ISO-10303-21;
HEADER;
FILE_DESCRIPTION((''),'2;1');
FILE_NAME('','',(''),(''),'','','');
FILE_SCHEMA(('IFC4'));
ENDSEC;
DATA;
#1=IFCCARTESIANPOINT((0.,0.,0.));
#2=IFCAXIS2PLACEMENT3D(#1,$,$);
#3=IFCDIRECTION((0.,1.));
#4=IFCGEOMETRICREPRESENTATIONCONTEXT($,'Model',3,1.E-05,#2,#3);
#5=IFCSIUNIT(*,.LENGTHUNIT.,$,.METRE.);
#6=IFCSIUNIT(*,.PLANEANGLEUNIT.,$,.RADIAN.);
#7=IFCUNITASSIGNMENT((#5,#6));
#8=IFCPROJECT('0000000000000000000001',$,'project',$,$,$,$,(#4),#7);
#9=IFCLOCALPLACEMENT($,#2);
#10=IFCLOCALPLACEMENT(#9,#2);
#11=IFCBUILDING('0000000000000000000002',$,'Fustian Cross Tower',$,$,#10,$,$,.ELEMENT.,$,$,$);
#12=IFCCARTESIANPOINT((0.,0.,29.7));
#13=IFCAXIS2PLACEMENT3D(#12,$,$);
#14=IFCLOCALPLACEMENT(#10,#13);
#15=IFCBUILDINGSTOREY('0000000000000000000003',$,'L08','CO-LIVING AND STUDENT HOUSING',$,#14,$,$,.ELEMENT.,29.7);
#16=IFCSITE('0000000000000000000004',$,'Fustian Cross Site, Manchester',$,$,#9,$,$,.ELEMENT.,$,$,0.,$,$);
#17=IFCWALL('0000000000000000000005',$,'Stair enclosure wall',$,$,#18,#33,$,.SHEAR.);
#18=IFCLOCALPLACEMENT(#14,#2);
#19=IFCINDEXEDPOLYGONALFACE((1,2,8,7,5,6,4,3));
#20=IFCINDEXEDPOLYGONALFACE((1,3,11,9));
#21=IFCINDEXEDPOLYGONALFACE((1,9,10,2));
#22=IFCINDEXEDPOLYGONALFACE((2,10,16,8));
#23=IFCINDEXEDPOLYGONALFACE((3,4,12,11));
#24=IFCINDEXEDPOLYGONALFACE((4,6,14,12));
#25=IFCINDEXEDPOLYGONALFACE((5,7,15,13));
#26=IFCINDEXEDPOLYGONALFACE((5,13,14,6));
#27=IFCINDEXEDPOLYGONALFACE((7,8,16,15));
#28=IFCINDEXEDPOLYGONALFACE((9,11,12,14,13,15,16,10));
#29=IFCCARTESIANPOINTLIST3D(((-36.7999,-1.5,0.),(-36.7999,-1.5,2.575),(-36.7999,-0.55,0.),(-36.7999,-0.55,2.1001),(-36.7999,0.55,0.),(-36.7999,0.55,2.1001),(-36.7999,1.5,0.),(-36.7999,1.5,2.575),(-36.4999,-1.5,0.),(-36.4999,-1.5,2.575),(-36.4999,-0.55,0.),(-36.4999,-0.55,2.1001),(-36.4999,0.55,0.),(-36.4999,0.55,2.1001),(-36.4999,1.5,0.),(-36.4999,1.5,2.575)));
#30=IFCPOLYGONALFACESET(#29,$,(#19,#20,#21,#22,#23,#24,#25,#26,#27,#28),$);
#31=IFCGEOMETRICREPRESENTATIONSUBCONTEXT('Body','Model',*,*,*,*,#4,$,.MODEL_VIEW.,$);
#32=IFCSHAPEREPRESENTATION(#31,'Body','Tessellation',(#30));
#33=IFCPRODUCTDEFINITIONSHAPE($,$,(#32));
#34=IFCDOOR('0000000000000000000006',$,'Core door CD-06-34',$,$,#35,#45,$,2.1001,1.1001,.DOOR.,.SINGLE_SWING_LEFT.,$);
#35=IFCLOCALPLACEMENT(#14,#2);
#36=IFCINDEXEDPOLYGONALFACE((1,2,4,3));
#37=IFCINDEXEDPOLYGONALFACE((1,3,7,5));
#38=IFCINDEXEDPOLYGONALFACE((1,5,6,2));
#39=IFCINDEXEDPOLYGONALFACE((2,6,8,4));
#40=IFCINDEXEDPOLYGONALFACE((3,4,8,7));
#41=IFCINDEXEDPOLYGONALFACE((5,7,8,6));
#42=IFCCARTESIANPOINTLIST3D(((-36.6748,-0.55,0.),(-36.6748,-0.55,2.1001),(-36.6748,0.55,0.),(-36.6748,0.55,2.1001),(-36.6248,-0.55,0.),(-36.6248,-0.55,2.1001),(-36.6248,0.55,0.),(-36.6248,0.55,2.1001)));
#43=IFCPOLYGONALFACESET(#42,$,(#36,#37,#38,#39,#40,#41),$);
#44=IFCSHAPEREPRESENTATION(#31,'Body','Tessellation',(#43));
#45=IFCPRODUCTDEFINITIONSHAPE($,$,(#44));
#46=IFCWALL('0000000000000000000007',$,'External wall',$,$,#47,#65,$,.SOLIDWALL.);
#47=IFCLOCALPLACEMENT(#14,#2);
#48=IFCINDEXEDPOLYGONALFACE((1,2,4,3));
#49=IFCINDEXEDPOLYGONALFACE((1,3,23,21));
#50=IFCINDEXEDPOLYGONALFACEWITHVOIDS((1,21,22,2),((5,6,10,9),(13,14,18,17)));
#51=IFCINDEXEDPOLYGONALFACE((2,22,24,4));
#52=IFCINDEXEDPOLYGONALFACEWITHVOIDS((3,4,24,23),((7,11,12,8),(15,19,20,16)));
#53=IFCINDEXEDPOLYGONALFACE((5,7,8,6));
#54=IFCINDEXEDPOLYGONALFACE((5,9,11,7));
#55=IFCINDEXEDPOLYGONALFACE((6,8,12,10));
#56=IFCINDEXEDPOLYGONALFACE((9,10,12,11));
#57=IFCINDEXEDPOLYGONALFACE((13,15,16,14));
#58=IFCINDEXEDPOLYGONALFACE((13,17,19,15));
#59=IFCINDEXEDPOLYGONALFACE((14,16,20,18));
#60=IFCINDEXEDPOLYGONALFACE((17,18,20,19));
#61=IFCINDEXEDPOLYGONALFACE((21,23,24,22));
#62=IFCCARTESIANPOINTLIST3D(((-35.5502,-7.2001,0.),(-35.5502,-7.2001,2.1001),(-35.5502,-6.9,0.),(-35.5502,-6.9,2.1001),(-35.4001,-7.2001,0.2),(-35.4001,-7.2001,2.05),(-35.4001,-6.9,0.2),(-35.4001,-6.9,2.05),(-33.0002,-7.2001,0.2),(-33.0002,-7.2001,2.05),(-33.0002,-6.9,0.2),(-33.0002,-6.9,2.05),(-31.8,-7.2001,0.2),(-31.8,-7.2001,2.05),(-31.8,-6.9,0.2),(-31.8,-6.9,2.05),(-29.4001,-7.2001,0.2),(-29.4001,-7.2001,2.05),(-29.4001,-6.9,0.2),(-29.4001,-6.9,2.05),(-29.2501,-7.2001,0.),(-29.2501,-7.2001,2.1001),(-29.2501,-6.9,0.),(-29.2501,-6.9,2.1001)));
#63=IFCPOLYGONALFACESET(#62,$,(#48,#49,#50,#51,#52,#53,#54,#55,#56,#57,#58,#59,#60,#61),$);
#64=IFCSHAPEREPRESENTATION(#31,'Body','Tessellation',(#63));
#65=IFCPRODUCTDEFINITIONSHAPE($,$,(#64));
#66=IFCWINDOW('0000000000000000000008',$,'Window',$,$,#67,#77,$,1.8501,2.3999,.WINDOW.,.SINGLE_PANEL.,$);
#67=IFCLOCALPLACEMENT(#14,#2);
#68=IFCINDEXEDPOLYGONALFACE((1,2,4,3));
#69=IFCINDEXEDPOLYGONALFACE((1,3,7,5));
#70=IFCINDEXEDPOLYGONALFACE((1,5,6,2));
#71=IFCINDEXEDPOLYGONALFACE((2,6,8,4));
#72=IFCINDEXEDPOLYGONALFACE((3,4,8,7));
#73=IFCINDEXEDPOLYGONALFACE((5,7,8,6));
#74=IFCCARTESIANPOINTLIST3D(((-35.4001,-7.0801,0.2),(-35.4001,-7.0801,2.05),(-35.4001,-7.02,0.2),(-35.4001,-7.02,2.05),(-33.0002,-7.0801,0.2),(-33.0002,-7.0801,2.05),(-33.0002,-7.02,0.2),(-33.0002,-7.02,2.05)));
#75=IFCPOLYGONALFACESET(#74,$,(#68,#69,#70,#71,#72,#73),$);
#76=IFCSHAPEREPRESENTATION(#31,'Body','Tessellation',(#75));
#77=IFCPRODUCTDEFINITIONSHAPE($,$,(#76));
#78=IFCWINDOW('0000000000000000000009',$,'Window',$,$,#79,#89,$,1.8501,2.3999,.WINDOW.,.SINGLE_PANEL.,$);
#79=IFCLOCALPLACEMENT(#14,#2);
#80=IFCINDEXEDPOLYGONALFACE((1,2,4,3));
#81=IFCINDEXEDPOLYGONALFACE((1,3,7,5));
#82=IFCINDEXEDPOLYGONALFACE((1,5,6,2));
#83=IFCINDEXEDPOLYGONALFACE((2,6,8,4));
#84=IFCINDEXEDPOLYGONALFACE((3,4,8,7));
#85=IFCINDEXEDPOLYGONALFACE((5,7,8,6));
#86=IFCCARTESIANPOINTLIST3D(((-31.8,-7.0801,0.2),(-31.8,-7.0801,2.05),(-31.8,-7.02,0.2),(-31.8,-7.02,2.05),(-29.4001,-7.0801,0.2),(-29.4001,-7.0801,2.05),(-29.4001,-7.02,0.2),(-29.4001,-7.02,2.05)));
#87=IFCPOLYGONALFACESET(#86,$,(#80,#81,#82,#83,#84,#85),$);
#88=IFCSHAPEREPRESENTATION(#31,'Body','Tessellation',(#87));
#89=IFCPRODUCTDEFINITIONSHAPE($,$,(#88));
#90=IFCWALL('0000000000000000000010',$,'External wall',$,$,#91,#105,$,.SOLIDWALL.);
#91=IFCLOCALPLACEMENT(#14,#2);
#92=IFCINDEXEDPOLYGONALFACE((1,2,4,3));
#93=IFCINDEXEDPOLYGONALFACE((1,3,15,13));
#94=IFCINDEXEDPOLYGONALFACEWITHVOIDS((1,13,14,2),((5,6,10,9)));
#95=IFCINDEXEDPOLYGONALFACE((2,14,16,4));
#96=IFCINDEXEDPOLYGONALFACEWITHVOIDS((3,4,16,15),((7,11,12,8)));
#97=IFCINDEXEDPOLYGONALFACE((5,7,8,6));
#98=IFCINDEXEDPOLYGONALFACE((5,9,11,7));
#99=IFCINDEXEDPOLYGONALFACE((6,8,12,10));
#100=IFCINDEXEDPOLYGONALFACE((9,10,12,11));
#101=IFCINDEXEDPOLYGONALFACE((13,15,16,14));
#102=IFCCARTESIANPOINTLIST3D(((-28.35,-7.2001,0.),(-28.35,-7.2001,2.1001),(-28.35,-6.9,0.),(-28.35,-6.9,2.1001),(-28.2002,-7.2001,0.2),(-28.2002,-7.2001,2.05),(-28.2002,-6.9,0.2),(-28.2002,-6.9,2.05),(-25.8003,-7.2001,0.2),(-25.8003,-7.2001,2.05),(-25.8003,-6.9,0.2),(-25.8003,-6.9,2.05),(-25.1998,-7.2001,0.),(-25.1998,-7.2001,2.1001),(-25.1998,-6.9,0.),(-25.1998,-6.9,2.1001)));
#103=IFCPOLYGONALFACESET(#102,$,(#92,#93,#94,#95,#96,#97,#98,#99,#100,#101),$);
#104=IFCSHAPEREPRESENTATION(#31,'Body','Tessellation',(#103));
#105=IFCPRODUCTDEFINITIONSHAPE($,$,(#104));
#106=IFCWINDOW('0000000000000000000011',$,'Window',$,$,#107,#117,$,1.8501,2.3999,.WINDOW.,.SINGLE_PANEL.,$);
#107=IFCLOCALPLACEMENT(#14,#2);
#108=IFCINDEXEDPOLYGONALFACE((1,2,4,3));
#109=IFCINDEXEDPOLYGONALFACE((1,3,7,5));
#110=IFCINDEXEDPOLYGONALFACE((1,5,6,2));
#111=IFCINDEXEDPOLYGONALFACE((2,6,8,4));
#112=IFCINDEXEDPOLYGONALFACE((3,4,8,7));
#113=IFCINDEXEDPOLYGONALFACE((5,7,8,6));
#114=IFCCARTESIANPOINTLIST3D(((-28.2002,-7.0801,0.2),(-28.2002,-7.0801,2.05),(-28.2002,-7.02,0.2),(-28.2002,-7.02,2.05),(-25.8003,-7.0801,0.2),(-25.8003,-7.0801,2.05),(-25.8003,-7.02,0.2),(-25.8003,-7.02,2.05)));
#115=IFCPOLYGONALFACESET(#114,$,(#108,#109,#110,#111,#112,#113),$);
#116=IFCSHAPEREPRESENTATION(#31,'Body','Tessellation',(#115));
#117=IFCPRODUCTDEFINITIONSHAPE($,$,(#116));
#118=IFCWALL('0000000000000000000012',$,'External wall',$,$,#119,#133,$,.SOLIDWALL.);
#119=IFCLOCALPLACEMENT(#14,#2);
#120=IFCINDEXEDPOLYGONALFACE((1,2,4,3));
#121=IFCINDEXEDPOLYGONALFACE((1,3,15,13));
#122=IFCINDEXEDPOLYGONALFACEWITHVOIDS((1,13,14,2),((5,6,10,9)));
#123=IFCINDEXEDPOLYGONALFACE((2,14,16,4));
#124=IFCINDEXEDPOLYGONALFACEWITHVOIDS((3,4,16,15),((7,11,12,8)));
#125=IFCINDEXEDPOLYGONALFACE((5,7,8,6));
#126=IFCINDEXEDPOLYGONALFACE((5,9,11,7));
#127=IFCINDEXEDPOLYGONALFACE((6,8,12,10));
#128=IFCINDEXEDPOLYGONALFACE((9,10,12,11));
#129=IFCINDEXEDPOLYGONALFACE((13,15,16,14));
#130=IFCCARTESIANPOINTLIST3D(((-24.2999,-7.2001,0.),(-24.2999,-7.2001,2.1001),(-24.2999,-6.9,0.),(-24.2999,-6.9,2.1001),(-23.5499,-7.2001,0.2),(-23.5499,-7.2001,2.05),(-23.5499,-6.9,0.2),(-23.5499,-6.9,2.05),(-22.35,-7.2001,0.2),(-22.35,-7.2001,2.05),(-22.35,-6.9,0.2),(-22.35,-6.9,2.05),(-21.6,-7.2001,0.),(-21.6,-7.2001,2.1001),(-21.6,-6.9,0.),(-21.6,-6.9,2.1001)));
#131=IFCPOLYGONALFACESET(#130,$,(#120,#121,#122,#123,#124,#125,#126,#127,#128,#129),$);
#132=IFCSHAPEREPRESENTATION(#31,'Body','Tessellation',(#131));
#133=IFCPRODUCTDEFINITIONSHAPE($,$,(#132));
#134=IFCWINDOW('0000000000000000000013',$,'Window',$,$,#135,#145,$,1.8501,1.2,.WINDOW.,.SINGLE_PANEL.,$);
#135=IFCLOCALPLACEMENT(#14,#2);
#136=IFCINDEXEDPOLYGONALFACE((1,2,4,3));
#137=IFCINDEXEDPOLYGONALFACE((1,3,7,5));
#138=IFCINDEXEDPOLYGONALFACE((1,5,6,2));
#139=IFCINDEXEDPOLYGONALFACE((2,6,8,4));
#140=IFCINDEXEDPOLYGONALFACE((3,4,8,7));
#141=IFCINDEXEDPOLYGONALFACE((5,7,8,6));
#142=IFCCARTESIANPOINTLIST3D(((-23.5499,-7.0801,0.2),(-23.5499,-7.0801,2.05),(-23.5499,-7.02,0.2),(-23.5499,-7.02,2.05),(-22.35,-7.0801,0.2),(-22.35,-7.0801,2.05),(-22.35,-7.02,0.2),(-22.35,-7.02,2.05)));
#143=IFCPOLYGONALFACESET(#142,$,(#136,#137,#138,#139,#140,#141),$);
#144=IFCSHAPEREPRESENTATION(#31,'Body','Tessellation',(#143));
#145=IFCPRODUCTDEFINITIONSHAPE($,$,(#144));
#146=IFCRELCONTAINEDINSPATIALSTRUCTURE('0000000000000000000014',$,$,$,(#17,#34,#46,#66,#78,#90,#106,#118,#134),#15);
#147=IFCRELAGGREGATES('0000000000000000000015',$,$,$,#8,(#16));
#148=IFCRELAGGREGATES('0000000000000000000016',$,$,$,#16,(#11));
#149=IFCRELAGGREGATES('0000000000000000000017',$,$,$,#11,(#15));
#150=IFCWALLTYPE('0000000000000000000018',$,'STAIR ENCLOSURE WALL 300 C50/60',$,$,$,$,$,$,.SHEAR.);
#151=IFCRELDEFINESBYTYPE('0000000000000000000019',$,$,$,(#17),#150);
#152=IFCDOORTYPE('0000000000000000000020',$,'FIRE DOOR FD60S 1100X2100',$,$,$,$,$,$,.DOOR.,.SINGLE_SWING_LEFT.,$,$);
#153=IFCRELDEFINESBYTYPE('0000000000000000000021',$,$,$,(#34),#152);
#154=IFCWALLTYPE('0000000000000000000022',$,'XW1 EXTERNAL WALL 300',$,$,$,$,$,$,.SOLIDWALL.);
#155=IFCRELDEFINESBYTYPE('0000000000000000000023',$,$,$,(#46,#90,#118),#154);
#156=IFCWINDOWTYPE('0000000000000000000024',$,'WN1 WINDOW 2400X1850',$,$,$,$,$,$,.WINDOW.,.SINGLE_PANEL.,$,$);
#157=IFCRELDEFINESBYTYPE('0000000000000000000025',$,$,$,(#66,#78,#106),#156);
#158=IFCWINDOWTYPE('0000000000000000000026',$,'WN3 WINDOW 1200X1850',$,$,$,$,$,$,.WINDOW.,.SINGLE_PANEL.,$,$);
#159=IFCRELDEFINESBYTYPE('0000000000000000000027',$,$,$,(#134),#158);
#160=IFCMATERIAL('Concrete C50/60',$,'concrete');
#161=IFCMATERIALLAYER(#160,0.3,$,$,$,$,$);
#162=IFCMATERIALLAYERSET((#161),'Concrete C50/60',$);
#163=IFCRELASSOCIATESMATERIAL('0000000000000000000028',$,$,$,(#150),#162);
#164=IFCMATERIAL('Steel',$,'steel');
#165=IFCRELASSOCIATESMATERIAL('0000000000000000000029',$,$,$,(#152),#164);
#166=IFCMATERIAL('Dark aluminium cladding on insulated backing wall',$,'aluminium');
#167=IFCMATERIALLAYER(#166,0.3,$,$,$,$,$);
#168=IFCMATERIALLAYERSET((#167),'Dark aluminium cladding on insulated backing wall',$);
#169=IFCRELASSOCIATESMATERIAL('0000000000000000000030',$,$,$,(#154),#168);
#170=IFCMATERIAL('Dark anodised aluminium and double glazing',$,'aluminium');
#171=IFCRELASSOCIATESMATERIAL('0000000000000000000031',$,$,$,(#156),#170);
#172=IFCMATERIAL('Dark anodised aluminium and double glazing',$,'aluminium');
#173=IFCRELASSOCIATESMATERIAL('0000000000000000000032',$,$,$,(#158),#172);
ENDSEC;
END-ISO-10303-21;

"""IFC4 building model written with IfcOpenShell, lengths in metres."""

from ifc_helpers import new_model, si_unit, direction, frame, frame_2d, origin, place, context, subcontext, project, spatial, rectangle, extrude, material, layer, layer_set, type_object, element, fill, save


model = new_model("IFC4")

# Units and contexts
model_context = context("Model", 3, precision=1e-05, world=origin(), true_north=direction((0.0, 1.0)))
body_context = subcontext(model_context, "Body", "Model", "MODEL_VIEW")
ifc_project = project(units=[si_unit("LENGTHUNIT", "METRE"), si_unit("PLANEANGLEUNIT", "RADIAN")], contexts=[model_context])

# Site, building, storey
site_placement = place(None, origin())
site = spatial("IfcSite", under=ifc_project, at=site_placement, Name="Fustian Cross Site, Manchester", CompositionType="ELEMENT", RefElevation=0.0)
building_placement = place(site_placement, origin())
building = spatial("IfcBuilding", under=site, at=building_placement, Name="Fustian Cross Tower", CompositionType="ELEMENT")
storey_placement = place(building_placement, frame((0.0, 0.0, 29.7)))
storey = spatial("IfcBuildingStorey", under=building, at=storey_placement, Name="L08", Description="CO-LIVING AND STUDENT HOUSING", CompositionType="ELEMENT", Elevation=29.7)

# Wall, opening, door
ifc_material_1 = material(Name="Concrete C50/60", Category="concrete")
ifc_layer_1 = layer(ifc_material_1, 0.3)
ifc_layer_set_1 = layer_set([ifc_layer_1], Name="Concrete C50/60")
wall_type_1 = type_object("IfcWallType", Name="STAIR ENCLOSURE WALL 300 C50/60", PredefinedType="SHEAR", material=ifc_layer_set_1)
wall_1_placement = place(storey_placement, frame((-36.6499, -1.5, 0.0), z_axis=(0.0, 0.0, 1.0), x_axis=(0.0, 1.0, 0.0)))
wall_1 = element("IfcWall", 1, at=wall_1_placement, inside=storey, type_object=wall_type_1, Name="Stair enclosure wall", PredefinedType="SHEAR", context=body_context, shape_type="SweptSolid", body=[
    extrude(rectangle(XDim=3.0, YDim=0.3, at=frame_2d((1.5, 0.0))), origin(), (0.0, 0.0, 1.0), 2.575),
])
opening_1_placement = place(wall_1_placement, frame((0.95, 0.0, 0.0)))
opening_1 = element("IfcOpeningElement", 2, at=opening_1_placement, cuts=wall_1, PredefinedType="OPENING", context=body_context, shape_type="SweptSolid", body=[
    extrude(rectangle(XDim=1.1001, YDim=2.1001, at=frame_2d((0.55, 1.05))), frame((0.0, 0.1599, 0.0), z_axis=(0.0, -1.0, 0.0), x_axis=(1.0, 0.0, 0.0)), (0.0, 0.0, 1.0), 0.3201),
])
ifc_material_2 = material(Name="Steel", Category="steel")
door_type_1 = type_object("IfcDoorType", Name="FIRE DOOR FD60S 1100X2100", OperationType="SINGLE_SWING_LEFT", PredefinedType="DOOR", material=ifc_material_2)
door_1_placement = place(opening_1_placement, origin())
door_1 = element("IfcDoor", 3, at=door_1_placement, inside=storey, type_object=door_type_1, Name="Core door CD-06-34", OperationType="SINGLE_SWING_LEFT", OverallHeight=2.1001, OverallWidth=1.1001, PredefinedType="DOOR", context=body_context, shape_type="SweptSolid", body=[
    extrude(rectangle(XDim=1.1001, YDim=2.1001, at=frame_2d((0.55, 1.05))), frame((0.0, 0.0249, 0.0), z_axis=(0.0, -1.0, 0.0), x_axis=(1.0, 0.0, 0.0)), (0.0, 0.0, 1.0), 0.05),
])
fill(opening_1, door_1)

# Wall, openings, windows
ifc_material_3 = material(Name="Dark aluminium cladding on insulated backing wall", Category="aluminium")
ifc_layer_2 = layer(ifc_material_3, 0.3)
ifc_layer_set_2 = layer_set([ifc_layer_2], Name="Dark aluminium cladding on insulated backing wall")
wall_type_2 = type_object("IfcWallType", Name="XW1 EXTERNAL WALL 300", PredefinedType="SOLIDWALL", material=ifc_layer_set_2)
wall_2_placement = place(storey_placement, frame((-35.55, -7.05, 0.0), z_axis=(0.0, 0.0, 1.0), x_axis=(1.0, 0.0, 0.0)))
wall_2 = element("IfcWall", 4, at=wall_2_placement, inside=storey, type_object=wall_type_2, Name="External wall", PredefinedType="SOLIDWALL", context=body_context, shape_type="SweptSolid", body=[
    extrude(rectangle(XDim=6.3, YDim=0.3, at=frame_2d((3.1499, 0.0))), origin(), (0.0, 0.0, 1.0), 2.1001),
])
opening_2_placement = place(wall_2_placement, frame((0.1499, 0.0, 0.2)))
opening_2 = element("IfcOpeningElement", 5, at=opening_2_placement, cuts=wall_2, PredefinedType="OPENING", context=body_context, shape_type="SweptSolid", body=[
    extrude(rectangle(XDim=2.3999, YDim=1.8501, at=frame_2d((1.2, 0.925))), frame((0.0, 0.1599, 0.0), z_axis=(0.0, -1.0, 0.0), x_axis=(1.0, 0.0, 0.0)), (0.0, 0.0, 1.0), 0.3201),
])
opening_3_placement = place(wall_2_placement, frame((3.75, 0.0, 0.2)))
opening_3 = element("IfcOpeningElement", 6, at=opening_3_placement, cuts=wall_2, PredefinedType="OPENING", context=body_context, shape_type="SweptSolid", body=[
    extrude(rectangle(XDim=2.3999, YDim=1.8501, at=frame_2d((1.2, 0.925))), frame((0.0, 0.1599, 0.0), z_axis=(0.0, -1.0, 0.0), x_axis=(1.0, 0.0, 0.0)), (0.0, 0.0, 1.0), 0.3201),
])
ifc_material_4 = material(Name="Dark anodised aluminium and double glazing", Category="aluminium")
window_type_1 = type_object("IfcWindowType", Name="WN1 WINDOW 2400X1850", PartitioningType="SINGLE_PANEL", PredefinedType="WINDOW", material=ifc_material_4)
window_1_placement = place(opening_2_placement, origin())
window_1 = element("IfcWindow", 7, at=window_1_placement, inside=storey, type_object=window_type_1, Name="Window", OverallHeight=1.8501, OverallWidth=2.3999, PartitioningType="SINGLE_PANEL", PredefinedType="WINDOW", context=body_context, shape_type="SweptSolid", body=[
    extrude(rectangle(XDim=2.3999, YDim=1.8501, at=frame_2d((1.2, 0.925))), frame((0.0, 0.03, 0.0), z_axis=(0.0, -1.0, 0.0), x_axis=(1.0, 0.0, 0.0)), (0.0, 0.0, 1.0), 0.0601),
])
fill(opening_2, window_1)
window_2_placement = place(opening_3_placement, origin())
window_2 = element("IfcWindow", 8, at=window_2_placement, inside=storey, type_object=window_type_1, Name="Window", OverallHeight=1.8501, OverallWidth=2.3999, PartitioningType="SINGLE_PANEL", PredefinedType="WINDOW", context=body_context, shape_type="SweptSolid", body=[
    extrude(rectangle(XDim=2.3999, YDim=1.8501, at=frame_2d((1.2, 0.925))), frame((0.0, 0.03, 0.0), z_axis=(0.0, -1.0, 0.0), x_axis=(1.0, 0.0, 0.0)), (0.0, 0.0, 1.0), 0.0601),
])
fill(opening_3, window_2)

# Walls, openings, windows
wall_3_placement = place(storey_placement, frame((-28.3501, -7.05, 0.0), z_axis=(0.0, 0.0, 1.0), x_axis=(1.0, 0.0, 0.0)))
wall_3 = element("IfcWall", 9, at=wall_3_placement, inside=storey, type_object=wall_type_2, Name="External wall", PredefinedType="SOLIDWALL", context=body_context, shape_type="SweptSolid", body=[
    extrude(rectangle(XDim=3.1501, YDim=0.3, at=frame_2d((1.5752, 0.0))), origin(), (0.0, 0.0, 1.0), 2.1001),
])
opening_4_placement = place(wall_3_placement, frame((0.1499, 0.0, 0.2)))
opening_4 = element("IfcOpeningElement", 10, at=opening_4_placement, cuts=wall_3, PredefinedType="OPENING", context=body_context, shape_type="SweptSolid", body=[
    extrude(rectangle(XDim=2.3999, YDim=1.8501, at=frame_2d((1.2, 0.925))), frame((0.0, 0.1599, 0.0), z_axis=(0.0, -1.0, 0.0), x_axis=(1.0, 0.0, 0.0)), (0.0, 0.0, 1.0), 0.3201),
])
window_3_placement = place(opening_4_placement, origin())
window_3 = element("IfcWindow", 11, at=window_3_placement, inside=storey, type_object=window_type_1, Name="Window", OverallHeight=1.8501, OverallWidth=2.3999, PartitioningType="SINGLE_PANEL", PredefinedType="WINDOW", context=body_context, shape_type="SweptSolid", body=[
    extrude(rectangle(XDim=2.3999, YDim=1.8501, at=frame_2d((1.2, 0.925))), frame((0.0, 0.03, 0.0), z_axis=(0.0, -1.0, 0.0), x_axis=(1.0, 0.0, 0.0)), (0.0, 0.0, 1.0), 0.0601),
])
fill(opening_4, window_3)
wall_4_placement = place(storey_placement, frame((-24.3, -7.05, 0.0), z_axis=(0.0, 0.0, 1.0), x_axis=(1.0, 0.0, 0.0)))
wall_4 = element("IfcWall", 12, at=wall_4_placement, inside=storey, type_object=wall_type_2, Name="External wall", PredefinedType="SOLIDWALL", context=body_context, shape_type="SweptSolid", body=[
    extrude(rectangle(XDim=2.7, YDim=0.3, at=frame_2d((1.3501, 0.0))), origin(), (0.0, 0.0, 1.0), 2.1001),
])
opening_5_placement = place(wall_4_placement, frame((0.75, 0.0, 0.2)))
opening_5 = element("IfcOpeningElement", 13, at=opening_5_placement, cuts=wall_4, PredefinedType="OPENING", context=body_context, shape_type="SweptSolid", body=[
    extrude(rectangle(XDim=1.2, YDim=1.8501, at=frame_2d((0.6001, 0.925))), frame((0.0, 0.1599, 0.0), z_axis=(0.0, -1.0, 0.0), x_axis=(1.0, 0.0, 0.0)), (0.0, 0.0, 1.0), 0.3201),
])
ifc_material_5 = material(Name="Dark anodised aluminium and double glazing", Category="aluminium")
window_type_2 = type_object("IfcWindowType", Name="WN3 WINDOW 1200X1850", PartitioningType="SINGLE_PANEL", PredefinedType="WINDOW", material=ifc_material_5)
window_4_placement = place(opening_5_placement, origin())
window_4 = element("IfcWindow", 14, at=window_4_placement, inside=storey, type_object=window_type_2, Name="Window", OverallHeight=1.8501, OverallWidth=1.2, PartitioningType="SINGLE_PANEL", PredefinedType="WINDOW", context=body_context, shape_type="SweptSolid", body=[
    extrude(rectangle(XDim=1.2, YDim=1.8501, at=frame_2d((0.6001, 0.925))), frame((0.0, 0.03, 0.0), z_axis=(0.0, -1.0, 0.0), x_axis=(1.0, 0.0, 0.0)), (0.0, 0.0, 1.0), 0.0601),
])
fill(opening_5, window_4)

save(model, "model.ifc")
